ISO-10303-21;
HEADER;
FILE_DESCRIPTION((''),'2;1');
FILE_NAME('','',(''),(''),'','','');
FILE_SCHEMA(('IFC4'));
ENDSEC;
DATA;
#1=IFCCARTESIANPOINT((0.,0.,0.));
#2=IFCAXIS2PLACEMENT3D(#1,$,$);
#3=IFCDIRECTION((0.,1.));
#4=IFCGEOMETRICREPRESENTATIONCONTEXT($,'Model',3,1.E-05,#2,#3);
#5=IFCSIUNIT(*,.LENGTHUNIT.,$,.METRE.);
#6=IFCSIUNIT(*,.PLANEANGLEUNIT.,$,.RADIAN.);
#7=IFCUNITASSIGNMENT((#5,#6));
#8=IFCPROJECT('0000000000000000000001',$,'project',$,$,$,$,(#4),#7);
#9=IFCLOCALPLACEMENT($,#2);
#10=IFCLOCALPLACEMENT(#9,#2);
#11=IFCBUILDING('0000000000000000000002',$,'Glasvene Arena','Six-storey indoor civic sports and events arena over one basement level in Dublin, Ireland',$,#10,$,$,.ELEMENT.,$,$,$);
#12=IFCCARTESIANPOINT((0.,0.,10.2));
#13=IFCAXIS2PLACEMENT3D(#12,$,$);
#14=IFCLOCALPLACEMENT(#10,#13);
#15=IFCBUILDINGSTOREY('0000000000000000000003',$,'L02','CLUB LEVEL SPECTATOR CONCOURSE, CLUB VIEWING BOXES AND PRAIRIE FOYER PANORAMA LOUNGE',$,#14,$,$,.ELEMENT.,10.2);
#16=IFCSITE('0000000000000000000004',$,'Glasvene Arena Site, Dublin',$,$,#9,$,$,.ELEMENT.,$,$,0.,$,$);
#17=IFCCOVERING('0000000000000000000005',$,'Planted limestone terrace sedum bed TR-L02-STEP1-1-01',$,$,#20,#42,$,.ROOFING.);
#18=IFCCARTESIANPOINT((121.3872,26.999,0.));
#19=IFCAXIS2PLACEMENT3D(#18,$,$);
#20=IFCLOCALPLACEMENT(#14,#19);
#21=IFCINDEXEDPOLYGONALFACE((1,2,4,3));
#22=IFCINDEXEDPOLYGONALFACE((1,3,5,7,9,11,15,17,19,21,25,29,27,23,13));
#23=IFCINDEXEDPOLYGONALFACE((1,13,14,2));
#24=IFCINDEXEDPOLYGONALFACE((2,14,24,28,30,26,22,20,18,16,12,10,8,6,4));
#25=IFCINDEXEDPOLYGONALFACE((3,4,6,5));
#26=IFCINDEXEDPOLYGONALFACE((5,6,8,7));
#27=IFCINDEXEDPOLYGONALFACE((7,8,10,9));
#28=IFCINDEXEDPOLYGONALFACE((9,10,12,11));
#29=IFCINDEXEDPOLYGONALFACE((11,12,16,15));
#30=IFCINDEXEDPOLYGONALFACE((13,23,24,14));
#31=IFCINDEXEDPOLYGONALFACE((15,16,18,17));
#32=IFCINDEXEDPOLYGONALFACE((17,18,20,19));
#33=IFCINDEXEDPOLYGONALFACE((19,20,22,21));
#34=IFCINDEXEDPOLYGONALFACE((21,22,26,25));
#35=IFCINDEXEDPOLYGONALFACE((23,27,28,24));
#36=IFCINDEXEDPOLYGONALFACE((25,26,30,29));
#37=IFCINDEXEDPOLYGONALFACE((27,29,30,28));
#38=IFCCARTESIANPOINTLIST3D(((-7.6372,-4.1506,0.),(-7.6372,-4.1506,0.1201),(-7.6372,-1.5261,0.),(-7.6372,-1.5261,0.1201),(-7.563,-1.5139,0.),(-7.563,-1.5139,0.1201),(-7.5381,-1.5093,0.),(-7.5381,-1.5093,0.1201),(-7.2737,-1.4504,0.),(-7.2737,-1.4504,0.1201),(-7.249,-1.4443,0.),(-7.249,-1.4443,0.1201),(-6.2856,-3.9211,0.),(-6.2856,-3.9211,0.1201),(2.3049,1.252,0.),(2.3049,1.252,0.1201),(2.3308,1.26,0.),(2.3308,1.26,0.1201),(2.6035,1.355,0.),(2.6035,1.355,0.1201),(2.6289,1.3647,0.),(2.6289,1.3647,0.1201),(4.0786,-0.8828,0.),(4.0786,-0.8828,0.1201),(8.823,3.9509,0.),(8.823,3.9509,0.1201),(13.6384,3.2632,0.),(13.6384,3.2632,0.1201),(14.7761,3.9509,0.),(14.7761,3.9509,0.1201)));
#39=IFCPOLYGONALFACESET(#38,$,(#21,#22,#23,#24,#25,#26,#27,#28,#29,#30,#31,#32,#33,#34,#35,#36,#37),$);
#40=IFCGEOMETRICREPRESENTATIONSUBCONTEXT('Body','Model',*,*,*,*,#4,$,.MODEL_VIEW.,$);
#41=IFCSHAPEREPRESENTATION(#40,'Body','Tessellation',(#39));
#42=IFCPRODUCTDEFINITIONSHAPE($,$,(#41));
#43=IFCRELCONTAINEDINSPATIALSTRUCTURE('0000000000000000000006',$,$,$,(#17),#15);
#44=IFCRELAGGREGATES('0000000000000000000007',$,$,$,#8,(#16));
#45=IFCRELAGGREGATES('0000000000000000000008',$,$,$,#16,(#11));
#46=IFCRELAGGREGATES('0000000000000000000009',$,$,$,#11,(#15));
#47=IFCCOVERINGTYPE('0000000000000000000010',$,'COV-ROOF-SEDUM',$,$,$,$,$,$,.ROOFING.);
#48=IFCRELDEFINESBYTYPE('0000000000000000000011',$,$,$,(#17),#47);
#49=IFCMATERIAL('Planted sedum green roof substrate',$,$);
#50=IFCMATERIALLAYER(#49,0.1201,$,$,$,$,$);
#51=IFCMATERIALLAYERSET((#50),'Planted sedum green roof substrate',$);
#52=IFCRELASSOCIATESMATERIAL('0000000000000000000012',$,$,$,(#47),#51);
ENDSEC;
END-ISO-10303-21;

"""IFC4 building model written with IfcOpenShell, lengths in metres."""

from ifc_helpers import new_model, si_unit, direction, frame, origin, place, context, subcontext, project, spatial, polyline, outline, extrude, material, layer, layer_set, type_object, element, save


model = new_model("IFC4")

# Units and contexts
model_context = context("Model", 3, precision=1e-05, world=origin(), true_north=direction((0.0, 1.0)))
body_context = subcontext(model_context, "Body", "Model", "MODEL_VIEW")
ifc_project = project(units=[si_unit("LENGTHUNIT", "METRE"), si_unit("PLANEANGLEUNIT", "RADIAN")], contexts=[model_context])

# Site, building, storey
site_placement = place(None, origin())
site = spatial("IfcSite", under=ifc_project, at=site_placement, Name="Glasvene Arena Site, Dublin", CompositionType="ELEMENT", RefElevation=0.0)
building_placement = place(site_placement, origin())
building = spatial("IfcBuilding", under=site, at=building_placement, Name="Glasvene Arena", Description="Six-storey indoor civic sports and events arena over one basement level in Dublin, Ireland", CompositionType="ELEMENT")
storey_placement = place(building_placement, frame((0.0, 0.0, 10.2)))
storey = spatial("IfcBuildingStorey", under=building, at=storey_placement, Name="L02", Description="CLUB LEVEL SPECTATOR CONCOURSE, CLUB VIEWING BOXES AND PRAIRIE FOYER PANORAMA LOUNGE", CompositionType="ELEMENT", Elevation=10.2)

# Covering
ifc_material_1 = material(Name="Planted sedum green roof substrate")
ifc_layer_1 = layer(ifc_material_1, 0.1201)
ifc_layer_set_1 = layer_set([ifc_layer_1], Name="Planted sedum green roof substrate")
covering_type = type_object("IfcCoveringType", Name="COV-ROOF-SEDUM", PredefinedType="ROOFING", material=ifc_layer_set_1)
covering_placement = place(storey_placement, frame((121.3872, 26.999, 0.0)))
element("IfcCovering", 1, at=covering_placement, inside=storey, type_object=covering_type, Name="Planted limestone terrace sedum bed TR-L02-STEP1-1-01", PredefinedType="ROOFING", context=body_context, shape_type="SweptSolid", body=[
    extrude(outline(polyline([(14.7761, 3.9509), (13.6384, 3.2632), (4.0786, -0.8828), (-6.2856, -3.9211), (-7.6372, -4.1506), (-7.6372, -1.5261), (-7.563, -1.5139), (-7.5381, -1.5093), (-7.2737, -1.4504), (-7.249, -1.4443), (2.3049, 1.252), (2.3308, 1.26), (2.6035, 1.355), (2.6289, 1.3647), (8.823, 3.9509), (14.7761, 3.9509)])), origin(), (0.0, 0.0, 1.0), 0.1201),
])

save(model, "model.ifc")
